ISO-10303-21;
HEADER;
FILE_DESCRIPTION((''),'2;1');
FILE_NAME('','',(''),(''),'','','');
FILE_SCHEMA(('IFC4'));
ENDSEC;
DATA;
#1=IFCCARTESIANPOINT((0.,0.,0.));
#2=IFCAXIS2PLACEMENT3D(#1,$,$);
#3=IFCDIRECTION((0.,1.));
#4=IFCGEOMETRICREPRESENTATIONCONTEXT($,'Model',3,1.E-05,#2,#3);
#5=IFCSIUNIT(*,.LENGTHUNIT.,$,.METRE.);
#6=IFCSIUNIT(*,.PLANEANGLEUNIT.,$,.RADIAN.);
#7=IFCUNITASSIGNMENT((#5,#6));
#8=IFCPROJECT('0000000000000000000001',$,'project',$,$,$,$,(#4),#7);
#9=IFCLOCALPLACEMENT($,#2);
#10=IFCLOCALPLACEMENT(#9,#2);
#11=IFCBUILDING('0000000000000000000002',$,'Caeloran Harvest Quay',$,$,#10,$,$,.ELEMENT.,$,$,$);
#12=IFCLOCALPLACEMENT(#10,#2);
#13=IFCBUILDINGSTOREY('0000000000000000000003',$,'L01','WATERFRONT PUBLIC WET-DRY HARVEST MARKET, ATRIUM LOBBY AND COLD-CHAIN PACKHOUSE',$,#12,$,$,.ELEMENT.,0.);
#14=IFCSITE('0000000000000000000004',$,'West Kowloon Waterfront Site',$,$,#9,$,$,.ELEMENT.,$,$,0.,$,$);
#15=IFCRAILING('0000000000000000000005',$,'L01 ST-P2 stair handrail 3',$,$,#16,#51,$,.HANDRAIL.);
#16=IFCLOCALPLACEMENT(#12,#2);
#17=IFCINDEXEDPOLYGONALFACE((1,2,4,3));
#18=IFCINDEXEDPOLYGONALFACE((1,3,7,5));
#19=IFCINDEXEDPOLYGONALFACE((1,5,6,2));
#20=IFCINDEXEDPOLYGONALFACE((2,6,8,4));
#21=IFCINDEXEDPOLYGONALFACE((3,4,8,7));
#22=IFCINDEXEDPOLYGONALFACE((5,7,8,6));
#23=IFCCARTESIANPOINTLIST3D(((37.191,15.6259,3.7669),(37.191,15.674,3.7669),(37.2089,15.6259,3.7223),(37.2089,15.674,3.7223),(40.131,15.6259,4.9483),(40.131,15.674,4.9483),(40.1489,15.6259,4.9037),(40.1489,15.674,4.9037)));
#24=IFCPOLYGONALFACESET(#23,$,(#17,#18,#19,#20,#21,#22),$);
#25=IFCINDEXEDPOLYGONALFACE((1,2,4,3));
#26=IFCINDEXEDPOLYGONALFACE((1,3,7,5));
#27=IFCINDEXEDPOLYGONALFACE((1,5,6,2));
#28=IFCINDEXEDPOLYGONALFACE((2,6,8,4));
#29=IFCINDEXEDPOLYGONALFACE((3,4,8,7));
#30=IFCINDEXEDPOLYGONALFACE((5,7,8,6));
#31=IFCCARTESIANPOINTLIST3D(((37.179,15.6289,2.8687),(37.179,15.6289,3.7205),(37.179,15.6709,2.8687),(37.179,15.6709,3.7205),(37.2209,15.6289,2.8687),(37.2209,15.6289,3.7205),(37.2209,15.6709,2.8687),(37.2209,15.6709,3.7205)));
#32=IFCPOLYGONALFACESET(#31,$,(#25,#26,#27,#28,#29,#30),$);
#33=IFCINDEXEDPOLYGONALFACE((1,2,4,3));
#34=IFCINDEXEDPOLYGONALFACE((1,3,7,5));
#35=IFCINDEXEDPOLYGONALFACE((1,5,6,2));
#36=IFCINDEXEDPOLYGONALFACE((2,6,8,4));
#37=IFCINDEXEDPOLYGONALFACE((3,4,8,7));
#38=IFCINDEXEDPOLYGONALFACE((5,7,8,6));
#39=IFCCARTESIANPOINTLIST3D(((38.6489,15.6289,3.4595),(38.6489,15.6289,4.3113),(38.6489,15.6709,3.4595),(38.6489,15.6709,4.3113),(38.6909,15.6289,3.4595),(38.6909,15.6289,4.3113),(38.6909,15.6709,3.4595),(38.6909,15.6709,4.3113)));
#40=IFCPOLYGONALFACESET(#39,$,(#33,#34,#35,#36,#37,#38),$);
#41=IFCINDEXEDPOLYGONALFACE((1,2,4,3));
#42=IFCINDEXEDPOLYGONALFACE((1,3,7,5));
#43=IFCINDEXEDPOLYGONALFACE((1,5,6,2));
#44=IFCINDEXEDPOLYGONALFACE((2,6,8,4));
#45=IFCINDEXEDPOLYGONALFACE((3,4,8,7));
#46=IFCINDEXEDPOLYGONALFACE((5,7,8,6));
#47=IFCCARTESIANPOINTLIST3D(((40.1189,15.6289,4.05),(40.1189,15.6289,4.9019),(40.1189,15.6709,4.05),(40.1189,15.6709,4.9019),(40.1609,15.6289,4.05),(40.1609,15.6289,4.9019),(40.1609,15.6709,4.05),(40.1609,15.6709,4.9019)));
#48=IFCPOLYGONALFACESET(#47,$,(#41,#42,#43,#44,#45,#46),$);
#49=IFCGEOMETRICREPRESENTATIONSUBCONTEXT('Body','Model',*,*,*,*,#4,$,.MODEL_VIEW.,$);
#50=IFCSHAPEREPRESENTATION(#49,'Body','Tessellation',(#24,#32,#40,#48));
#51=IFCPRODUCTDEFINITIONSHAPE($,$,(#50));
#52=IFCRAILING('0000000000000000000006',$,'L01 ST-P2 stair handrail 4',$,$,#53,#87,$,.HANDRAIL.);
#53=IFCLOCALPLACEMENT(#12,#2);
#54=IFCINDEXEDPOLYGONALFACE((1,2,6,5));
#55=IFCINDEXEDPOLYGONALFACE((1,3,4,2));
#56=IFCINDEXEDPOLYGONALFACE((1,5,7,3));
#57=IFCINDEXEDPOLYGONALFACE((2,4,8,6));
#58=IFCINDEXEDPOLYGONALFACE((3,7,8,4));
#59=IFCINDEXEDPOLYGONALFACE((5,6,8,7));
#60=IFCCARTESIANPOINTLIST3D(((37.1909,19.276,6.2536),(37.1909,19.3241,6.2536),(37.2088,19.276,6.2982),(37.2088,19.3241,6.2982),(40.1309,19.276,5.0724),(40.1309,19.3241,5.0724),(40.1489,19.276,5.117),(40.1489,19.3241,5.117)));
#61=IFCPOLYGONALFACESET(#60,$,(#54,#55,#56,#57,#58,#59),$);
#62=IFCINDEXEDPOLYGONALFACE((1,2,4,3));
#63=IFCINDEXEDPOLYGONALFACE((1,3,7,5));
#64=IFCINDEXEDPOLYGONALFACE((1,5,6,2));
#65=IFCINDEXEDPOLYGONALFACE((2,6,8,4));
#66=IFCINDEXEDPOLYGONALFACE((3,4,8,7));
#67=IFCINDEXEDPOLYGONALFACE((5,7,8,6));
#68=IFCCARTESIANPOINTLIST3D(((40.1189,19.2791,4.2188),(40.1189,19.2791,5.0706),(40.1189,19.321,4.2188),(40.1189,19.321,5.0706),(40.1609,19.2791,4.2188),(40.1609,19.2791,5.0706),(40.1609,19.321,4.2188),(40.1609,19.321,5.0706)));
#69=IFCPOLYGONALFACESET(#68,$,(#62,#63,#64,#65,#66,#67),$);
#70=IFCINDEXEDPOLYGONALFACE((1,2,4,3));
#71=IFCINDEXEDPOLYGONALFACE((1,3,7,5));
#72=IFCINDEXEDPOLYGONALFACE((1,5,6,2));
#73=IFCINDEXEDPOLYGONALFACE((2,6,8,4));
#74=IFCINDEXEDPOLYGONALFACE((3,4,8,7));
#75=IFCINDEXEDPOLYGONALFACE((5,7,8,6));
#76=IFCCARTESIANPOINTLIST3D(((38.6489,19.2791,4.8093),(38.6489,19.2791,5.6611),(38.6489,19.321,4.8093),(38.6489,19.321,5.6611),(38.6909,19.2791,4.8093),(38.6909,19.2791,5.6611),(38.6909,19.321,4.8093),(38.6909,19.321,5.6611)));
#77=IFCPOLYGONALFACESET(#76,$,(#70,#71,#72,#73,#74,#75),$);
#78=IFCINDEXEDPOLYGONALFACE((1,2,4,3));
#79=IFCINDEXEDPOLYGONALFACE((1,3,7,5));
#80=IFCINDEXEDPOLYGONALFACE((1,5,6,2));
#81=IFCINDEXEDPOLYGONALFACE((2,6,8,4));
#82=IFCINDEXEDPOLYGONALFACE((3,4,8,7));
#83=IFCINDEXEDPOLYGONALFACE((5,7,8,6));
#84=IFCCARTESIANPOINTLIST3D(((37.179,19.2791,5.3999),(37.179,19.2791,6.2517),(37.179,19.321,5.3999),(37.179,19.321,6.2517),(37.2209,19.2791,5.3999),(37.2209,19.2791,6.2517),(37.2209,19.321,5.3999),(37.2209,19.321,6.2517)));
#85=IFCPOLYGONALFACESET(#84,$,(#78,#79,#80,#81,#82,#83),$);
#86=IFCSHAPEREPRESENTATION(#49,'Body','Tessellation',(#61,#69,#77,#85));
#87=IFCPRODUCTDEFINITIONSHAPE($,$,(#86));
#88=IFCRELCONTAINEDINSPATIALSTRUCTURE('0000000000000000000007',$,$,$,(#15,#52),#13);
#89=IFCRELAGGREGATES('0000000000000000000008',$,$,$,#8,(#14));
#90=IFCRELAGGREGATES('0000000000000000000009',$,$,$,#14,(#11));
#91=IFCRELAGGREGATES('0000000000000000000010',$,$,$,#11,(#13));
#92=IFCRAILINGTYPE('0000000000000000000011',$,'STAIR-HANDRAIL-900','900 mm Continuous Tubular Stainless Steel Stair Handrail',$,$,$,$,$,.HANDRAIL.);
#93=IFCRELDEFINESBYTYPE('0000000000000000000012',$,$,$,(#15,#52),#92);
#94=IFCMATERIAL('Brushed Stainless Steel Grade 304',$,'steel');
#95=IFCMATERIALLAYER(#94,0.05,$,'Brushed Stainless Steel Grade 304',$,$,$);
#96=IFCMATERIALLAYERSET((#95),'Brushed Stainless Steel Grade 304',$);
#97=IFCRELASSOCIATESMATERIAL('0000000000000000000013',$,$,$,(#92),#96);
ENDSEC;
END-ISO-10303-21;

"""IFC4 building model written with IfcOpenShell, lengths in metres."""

from ifc_helpers import new_model, si_unit, direction, frame, origin, origin_2d, place, context, subcontext, project, spatial, rectangle, extrude, material, layer, layer_set, type_object, element, save


model = new_model("IFC4")

# Units and contexts
model_context = context("Model", 3, precision=1e-05, world=origin(), true_north=direction((0.0, 1.0)))
body_context = subcontext(model_context, "Body", "Model", "MODEL_VIEW")
ifc_project = project(units=[si_unit("LENGTHUNIT", "METRE"), si_unit("PLANEANGLEUNIT", "RADIAN")], contexts=[model_context])

# Site, building, storey
site_placement = place(None, origin())
site = spatial("IfcSite", under=ifc_project, at=site_placement, Name="West Kowloon Waterfront Site", CompositionType="ELEMENT", RefElevation=0.0)
building_placement = place(site_placement, origin())
building = spatial("IfcBuilding", under=site, at=building_placement, Name="Caeloran Harvest Quay", CompositionType="ELEMENT")
storey_placement = place(building_placement, origin())
storey = spatial("IfcBuildingStorey", under=building, at=storey_placement, Name="L01", Description="WATERFRONT PUBLIC WET-DRY HARVEST MARKET, ATRIUM LOBBY AND COLD-CHAIN PACKHOUSE", CompositionType="ELEMENT", Elevation=0.0)

# Railings
ifc_material_1 = material(Name="Brushed Stainless Steel Grade 304", Category="steel")
ifc_layer_1 = layer(ifc_material_1, 0.05, Name="Brushed Stainless Steel Grade 304")
ifc_layer_set_1 = layer_set([ifc_layer_1], Name="Brushed Stainless Steel Grade 304")
railing_type_1 = type_object("IfcRailingType", Name="STAIR-HANDRAIL-900", Description="900 mm Continuous Tubular Stainless Steel Stair Handrail", PredefinedType="HANDRAIL", material=ifc_layer_set_1)
railing_1_placement = place(storey_placement, frame((37.2, 15.6499, 2.8687)))
element("IfcRailing", 1, at=railing_1_placement, inside=storey, type_object=railing_type_1, Name="L01 ST-P2 stair handrail 3", PredefinedType="HANDRAIL", context=body_context, shape_type="SweptSolid", body=[
    extrude(rectangle(XDim=0.0481, YDim=0.0481, at=origin_2d()), frame((0.0, 0.0, 0.876), z_axis=(0.927886, 0.0, 0.372865), x_axis=(0.0, 1.0, 0.0)), (0.0, 0.0, 1.0), 3.1685),
    extrude(rectangle(XDim=0.042, YDim=0.042, at=origin_2d()), origin(), (0.0, 0.0, 1.0), 0.8518),
    extrude(rectangle(XDim=0.042, YDim=0.042, at=origin_2d()), frame((1.47, 0.0, 0.5908)), (0.0, 0.0, 1.0), 0.8518),
    extrude(rectangle(XDim=0.042, YDim=0.042, at=origin_2d()), frame((2.9399, 0.0, 1.1814)), (0.0, 0.0, 1.0), 0.8518),
])
railing_2_placement = place(storey_placement, frame((40.1399, 19.3, 4.2188)))
element("IfcRailing", 2, at=railing_2_placement, inside=storey, type_object=railing_type_1, Name="L01 ST-P2 stair handrail 4", PredefinedType="HANDRAIL", context=body_context, shape_type="SweptSolid", body=[
    extrude(rectangle(XDim=0.0481, YDim=0.0481, at=origin_2d()), frame((0.0, 0.0, 0.876), z_axis=(-0.927912, 0.0, 0.372799), x_axis=(0.0, -1.0, 0.0)), (0.0, 0.0, 1.0), 3.1685),
    extrude(rectangle(XDim=0.042, YDim=0.042, at=origin_2d()), origin(), (0.0, 0.0, 1.0), 0.8518),
    extrude(rectangle(XDim=0.042, YDim=0.042, at=origin_2d()), frame((-1.47, 0.0, 0.5906)), (0.0, 0.0, 1.0), 0.8518),
    extrude(rectangle(XDim=0.042, YDim=0.042, at=origin_2d()), frame((-2.9399, 0.0, 1.1812)), (0.0, 0.0, 1.0), 0.8518),
])

save(model, "model.ifc")
